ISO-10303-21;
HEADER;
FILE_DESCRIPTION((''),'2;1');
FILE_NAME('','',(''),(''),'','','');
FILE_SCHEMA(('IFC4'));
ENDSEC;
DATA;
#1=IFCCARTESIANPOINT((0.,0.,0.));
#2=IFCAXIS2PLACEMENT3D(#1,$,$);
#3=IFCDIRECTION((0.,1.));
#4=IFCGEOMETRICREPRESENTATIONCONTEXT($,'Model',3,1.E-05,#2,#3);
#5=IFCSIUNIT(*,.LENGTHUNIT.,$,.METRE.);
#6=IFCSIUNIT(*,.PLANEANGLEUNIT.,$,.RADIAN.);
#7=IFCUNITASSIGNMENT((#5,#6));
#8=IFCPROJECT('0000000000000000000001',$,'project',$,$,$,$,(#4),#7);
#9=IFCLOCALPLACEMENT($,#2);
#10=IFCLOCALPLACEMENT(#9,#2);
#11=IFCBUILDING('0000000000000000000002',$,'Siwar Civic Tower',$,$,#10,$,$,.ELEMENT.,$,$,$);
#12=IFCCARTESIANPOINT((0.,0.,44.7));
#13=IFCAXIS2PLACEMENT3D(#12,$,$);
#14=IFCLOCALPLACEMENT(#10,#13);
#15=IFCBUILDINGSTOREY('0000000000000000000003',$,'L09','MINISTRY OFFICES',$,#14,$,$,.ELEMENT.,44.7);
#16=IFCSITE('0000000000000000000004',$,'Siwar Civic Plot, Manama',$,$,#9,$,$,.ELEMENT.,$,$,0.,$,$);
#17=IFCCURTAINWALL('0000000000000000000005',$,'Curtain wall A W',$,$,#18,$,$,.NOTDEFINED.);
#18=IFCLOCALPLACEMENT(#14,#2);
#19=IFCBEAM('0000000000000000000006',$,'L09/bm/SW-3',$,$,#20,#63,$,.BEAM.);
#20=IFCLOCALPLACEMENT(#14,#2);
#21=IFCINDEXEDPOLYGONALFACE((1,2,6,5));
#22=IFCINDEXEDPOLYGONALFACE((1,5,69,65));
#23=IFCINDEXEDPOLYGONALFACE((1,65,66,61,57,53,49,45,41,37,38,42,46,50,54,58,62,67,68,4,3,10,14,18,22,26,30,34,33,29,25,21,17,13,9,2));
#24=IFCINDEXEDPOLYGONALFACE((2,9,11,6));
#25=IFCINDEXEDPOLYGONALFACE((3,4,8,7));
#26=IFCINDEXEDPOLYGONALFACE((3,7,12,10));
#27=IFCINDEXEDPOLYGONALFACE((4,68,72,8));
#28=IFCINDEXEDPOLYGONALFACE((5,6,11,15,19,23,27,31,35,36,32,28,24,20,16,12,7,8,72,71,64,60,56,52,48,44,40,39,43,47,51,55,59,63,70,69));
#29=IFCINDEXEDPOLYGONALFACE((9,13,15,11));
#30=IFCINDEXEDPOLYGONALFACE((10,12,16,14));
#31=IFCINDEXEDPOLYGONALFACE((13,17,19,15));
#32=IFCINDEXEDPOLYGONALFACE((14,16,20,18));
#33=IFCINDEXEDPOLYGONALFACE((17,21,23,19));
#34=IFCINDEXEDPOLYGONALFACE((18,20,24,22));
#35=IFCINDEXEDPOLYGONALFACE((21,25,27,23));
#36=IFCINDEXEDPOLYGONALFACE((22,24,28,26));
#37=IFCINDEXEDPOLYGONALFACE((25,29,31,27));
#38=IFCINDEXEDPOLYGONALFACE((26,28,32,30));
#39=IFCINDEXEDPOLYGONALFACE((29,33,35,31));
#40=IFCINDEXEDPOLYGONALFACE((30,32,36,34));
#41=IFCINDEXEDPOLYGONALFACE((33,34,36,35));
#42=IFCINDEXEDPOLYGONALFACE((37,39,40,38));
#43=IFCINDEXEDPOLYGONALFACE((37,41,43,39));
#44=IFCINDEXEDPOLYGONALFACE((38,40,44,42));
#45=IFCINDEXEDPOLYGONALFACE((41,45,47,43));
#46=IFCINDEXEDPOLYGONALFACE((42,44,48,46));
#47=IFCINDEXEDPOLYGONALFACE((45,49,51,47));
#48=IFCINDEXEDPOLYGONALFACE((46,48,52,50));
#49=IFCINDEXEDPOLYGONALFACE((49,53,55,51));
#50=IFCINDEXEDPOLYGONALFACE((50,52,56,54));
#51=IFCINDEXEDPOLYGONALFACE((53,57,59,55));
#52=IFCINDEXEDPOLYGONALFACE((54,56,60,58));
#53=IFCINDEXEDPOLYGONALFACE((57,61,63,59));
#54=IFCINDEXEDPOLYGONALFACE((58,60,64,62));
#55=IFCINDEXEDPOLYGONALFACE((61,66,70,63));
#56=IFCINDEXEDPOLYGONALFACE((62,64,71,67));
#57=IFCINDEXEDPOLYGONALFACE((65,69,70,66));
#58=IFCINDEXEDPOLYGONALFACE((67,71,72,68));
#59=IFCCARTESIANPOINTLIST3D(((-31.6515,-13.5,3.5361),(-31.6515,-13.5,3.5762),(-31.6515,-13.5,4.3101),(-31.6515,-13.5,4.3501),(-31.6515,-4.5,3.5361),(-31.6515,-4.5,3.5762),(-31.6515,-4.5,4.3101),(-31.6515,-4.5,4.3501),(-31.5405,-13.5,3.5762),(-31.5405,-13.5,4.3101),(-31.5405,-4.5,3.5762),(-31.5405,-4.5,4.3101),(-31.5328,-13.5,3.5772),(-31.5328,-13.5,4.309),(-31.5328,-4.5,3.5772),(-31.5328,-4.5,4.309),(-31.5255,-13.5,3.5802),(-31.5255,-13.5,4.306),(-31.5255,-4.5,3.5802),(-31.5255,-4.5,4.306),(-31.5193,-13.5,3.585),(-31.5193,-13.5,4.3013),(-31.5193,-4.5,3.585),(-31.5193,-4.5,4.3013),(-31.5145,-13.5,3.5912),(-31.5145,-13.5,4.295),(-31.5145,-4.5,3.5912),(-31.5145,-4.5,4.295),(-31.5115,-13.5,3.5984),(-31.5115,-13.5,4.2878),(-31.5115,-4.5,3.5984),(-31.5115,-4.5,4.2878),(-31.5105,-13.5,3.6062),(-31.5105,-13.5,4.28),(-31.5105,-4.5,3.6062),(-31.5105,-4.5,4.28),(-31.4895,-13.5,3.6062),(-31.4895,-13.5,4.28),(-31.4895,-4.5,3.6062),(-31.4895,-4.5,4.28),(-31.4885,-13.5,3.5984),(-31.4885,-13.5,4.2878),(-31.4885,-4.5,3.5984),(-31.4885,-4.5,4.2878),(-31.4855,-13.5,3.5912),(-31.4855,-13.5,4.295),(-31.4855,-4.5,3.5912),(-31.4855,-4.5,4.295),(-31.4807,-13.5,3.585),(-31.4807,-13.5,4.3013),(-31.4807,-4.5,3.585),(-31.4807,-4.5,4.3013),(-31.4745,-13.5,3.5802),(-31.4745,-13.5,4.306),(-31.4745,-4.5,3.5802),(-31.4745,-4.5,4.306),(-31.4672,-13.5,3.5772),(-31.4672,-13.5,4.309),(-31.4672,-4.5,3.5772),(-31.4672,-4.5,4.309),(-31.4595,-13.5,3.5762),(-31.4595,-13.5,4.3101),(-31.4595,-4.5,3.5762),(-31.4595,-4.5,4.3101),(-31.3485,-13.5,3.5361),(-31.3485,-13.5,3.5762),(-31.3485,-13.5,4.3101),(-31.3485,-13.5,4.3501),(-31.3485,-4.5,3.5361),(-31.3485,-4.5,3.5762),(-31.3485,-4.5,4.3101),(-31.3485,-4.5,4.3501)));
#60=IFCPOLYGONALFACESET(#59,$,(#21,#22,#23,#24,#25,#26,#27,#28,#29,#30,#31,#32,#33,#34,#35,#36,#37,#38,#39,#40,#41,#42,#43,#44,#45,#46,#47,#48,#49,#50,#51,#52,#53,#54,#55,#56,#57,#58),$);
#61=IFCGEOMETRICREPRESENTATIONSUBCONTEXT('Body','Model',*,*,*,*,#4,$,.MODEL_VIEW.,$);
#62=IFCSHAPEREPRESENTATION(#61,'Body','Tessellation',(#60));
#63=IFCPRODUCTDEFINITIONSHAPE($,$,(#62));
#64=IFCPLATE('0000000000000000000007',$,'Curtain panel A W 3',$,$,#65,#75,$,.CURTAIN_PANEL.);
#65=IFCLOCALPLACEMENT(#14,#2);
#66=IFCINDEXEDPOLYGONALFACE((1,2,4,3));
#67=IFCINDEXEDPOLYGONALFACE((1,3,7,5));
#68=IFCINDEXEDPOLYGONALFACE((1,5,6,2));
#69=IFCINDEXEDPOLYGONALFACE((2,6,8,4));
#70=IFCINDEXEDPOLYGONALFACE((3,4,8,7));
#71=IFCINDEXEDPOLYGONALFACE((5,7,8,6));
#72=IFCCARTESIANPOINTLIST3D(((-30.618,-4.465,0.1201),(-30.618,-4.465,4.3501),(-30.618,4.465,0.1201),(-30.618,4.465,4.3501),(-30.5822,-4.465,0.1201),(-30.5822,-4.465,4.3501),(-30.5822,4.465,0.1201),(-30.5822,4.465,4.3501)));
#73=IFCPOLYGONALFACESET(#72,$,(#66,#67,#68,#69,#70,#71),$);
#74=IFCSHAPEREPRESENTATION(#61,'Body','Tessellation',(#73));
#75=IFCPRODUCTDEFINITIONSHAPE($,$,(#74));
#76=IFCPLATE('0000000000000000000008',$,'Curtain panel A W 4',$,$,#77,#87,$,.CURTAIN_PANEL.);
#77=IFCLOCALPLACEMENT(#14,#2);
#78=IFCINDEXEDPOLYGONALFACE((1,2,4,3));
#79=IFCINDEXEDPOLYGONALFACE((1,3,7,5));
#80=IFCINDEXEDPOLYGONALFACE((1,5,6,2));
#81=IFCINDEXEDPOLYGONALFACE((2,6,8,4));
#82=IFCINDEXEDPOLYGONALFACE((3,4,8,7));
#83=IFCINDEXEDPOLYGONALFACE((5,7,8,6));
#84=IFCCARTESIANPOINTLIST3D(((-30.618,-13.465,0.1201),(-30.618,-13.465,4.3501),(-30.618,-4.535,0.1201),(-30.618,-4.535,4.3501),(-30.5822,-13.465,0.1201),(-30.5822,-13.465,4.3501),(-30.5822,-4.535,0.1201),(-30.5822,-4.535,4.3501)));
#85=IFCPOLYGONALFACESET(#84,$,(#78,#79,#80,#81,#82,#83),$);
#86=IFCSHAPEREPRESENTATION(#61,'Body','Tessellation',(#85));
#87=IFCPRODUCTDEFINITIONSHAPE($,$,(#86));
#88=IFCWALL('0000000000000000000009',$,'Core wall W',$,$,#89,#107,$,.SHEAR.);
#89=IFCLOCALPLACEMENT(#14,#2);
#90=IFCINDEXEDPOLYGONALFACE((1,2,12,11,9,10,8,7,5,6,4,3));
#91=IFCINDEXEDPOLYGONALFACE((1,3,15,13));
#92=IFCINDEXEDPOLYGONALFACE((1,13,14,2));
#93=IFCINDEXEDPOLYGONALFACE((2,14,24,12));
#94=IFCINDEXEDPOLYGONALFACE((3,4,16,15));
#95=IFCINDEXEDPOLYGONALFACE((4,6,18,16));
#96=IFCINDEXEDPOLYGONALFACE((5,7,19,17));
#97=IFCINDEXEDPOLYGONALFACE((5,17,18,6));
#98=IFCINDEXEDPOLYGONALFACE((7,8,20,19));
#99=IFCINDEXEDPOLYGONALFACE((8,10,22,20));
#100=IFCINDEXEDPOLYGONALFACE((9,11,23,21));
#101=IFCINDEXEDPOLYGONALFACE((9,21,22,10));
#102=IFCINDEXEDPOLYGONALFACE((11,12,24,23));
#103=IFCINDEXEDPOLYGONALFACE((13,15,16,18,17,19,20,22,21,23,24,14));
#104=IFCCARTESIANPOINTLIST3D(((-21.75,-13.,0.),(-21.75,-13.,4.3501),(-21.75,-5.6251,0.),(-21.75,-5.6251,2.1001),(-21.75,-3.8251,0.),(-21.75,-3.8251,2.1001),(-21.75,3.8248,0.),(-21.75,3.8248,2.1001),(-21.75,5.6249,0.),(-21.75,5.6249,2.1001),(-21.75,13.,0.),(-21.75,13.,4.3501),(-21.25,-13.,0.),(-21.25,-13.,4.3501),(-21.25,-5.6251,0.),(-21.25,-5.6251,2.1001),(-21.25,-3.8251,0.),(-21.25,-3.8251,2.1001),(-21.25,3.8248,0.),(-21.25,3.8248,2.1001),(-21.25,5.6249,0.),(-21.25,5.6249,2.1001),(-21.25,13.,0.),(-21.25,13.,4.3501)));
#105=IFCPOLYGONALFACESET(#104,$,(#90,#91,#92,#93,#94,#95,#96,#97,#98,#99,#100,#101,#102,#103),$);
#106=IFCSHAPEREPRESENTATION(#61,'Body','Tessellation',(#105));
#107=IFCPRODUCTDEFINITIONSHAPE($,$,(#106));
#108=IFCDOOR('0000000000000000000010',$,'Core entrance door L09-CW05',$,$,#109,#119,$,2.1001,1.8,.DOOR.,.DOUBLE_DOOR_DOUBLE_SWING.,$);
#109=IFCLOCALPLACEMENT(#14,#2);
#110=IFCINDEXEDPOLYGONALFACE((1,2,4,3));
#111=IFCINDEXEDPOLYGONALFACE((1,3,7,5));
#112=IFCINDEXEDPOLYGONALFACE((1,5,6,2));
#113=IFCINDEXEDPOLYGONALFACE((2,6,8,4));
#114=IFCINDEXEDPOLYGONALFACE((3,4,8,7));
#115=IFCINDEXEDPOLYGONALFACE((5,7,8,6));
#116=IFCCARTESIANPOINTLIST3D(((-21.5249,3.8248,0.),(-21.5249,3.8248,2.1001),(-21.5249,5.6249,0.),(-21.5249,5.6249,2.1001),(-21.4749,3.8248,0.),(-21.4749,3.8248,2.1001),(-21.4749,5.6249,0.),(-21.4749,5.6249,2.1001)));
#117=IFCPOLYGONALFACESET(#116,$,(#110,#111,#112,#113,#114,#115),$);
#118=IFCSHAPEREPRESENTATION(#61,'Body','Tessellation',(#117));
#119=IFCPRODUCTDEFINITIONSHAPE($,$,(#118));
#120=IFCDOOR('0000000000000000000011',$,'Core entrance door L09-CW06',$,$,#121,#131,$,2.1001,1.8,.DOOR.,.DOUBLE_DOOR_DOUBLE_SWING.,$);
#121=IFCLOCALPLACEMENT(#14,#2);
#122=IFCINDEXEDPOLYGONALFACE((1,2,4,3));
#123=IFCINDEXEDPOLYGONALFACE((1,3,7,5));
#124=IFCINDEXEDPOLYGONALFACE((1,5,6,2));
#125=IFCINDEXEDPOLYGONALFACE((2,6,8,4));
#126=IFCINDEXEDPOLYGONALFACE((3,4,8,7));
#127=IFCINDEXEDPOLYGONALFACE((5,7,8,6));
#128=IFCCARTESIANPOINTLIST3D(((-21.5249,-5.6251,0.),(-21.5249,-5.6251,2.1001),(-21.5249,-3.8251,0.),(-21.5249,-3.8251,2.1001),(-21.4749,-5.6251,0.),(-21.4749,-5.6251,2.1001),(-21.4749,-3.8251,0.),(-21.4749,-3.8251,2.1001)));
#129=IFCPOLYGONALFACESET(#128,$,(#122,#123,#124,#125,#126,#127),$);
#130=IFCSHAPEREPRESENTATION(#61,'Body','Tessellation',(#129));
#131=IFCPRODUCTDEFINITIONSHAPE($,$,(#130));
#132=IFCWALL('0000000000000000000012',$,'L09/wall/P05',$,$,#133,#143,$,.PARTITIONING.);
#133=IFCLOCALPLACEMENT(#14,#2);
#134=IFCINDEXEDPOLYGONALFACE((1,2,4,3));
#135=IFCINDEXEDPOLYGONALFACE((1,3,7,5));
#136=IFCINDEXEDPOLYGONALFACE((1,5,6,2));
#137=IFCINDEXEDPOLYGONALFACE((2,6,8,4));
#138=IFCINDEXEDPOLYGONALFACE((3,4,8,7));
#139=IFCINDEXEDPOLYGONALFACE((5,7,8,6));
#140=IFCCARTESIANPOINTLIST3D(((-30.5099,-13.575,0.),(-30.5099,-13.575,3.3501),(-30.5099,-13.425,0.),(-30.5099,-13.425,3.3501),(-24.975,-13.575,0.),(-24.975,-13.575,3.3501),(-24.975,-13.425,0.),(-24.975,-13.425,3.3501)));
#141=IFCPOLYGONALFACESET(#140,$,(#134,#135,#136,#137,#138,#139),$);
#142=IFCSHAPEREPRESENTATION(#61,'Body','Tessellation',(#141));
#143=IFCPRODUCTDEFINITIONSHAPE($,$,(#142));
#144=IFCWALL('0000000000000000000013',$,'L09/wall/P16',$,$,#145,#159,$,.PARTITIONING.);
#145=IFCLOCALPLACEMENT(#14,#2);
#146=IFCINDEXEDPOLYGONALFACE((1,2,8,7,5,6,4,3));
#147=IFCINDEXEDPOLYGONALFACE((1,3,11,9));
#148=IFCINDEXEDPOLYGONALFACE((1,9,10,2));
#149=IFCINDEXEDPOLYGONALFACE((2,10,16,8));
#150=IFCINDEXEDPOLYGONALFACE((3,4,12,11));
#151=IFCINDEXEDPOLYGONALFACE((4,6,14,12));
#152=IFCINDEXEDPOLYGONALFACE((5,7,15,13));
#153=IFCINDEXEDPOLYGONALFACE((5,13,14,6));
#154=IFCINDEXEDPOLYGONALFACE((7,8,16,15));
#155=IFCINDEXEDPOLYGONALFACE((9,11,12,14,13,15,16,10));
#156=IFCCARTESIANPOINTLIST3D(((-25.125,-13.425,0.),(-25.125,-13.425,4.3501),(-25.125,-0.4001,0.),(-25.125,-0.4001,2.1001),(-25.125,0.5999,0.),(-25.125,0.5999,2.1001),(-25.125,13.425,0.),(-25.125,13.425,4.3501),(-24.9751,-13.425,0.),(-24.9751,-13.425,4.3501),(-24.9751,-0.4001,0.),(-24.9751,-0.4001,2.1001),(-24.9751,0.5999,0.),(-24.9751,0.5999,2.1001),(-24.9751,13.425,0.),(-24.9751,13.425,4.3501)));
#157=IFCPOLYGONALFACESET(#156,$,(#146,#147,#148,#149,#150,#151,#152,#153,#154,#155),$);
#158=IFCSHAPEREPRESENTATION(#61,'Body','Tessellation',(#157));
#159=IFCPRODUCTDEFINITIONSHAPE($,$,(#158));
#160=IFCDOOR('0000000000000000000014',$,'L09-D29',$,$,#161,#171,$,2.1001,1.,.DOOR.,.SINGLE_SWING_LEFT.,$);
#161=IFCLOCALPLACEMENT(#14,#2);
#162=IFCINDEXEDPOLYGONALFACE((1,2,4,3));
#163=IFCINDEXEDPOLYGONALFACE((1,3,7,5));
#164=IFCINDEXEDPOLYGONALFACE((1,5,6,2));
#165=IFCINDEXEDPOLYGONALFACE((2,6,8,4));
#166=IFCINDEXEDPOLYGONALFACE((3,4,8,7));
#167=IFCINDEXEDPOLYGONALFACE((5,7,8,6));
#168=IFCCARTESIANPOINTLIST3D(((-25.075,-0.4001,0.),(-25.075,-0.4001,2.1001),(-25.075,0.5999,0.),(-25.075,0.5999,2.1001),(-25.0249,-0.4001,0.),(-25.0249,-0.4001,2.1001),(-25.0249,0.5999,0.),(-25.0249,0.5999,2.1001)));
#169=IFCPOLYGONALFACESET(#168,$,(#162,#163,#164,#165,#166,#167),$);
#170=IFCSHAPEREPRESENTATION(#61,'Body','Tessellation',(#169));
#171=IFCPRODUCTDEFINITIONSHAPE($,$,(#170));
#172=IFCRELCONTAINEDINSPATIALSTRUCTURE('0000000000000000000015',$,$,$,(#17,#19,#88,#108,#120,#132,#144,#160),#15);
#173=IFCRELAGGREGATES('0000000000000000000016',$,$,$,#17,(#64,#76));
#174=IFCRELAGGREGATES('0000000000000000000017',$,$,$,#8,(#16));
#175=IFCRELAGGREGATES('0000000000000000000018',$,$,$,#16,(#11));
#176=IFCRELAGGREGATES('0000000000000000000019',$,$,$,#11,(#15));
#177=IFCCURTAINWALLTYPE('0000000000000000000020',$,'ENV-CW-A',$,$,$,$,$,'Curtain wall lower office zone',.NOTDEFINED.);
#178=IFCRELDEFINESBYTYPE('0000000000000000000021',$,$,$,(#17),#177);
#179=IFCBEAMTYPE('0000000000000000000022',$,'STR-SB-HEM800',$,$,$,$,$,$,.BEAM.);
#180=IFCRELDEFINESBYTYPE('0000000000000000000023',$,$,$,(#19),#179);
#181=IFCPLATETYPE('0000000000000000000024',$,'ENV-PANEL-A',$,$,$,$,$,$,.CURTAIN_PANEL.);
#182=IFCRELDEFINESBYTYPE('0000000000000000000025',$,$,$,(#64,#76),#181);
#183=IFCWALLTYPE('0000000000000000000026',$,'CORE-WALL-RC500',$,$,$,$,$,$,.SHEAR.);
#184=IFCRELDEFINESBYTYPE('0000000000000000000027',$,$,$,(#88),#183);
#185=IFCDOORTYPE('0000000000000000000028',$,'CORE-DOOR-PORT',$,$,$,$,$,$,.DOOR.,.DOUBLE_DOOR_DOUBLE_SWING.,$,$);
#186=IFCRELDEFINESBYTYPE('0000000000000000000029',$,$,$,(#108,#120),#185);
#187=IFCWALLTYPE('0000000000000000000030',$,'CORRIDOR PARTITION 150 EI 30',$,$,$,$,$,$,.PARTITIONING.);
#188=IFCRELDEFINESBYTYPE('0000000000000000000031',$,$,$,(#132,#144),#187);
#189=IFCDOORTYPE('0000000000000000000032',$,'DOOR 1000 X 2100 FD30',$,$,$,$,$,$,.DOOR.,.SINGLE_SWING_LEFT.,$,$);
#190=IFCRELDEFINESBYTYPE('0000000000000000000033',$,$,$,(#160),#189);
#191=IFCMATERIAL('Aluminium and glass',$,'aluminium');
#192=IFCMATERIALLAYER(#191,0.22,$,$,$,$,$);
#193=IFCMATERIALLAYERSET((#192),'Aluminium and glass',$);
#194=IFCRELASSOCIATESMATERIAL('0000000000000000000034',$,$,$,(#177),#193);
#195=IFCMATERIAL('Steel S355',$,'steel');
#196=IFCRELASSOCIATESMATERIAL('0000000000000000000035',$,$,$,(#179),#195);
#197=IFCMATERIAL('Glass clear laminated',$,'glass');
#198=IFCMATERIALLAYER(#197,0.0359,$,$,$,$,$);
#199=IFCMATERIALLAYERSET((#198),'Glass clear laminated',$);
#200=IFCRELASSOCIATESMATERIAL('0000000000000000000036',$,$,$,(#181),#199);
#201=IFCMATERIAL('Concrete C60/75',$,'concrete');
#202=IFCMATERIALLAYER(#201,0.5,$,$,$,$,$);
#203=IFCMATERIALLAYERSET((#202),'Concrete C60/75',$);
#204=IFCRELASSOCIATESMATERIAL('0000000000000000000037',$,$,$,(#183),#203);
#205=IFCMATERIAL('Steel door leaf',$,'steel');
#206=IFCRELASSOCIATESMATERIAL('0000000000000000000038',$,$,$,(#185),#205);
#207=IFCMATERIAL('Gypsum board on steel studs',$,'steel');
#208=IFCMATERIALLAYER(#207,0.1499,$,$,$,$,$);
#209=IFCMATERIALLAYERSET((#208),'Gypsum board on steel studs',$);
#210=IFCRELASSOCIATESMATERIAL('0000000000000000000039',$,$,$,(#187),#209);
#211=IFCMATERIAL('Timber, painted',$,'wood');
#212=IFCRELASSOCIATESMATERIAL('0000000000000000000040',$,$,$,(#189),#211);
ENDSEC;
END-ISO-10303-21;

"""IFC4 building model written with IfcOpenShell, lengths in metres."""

from ifc_helpers import new_model, si_unit, direction, frame, frame_2d, origin, origin_2d, place, context, subcontext, project, spatial, rectangle, i_section, extrude, material, layer, layer_set, material_profile, profile_set, type_object, element, fill, aggregate, save


model = new_model("IFC4")

# Units and contexts
model_context = context("Model", 3, precision=1e-05, world=origin(), true_north=direction((0.0, 1.0)))
body_context = subcontext(model_context, "Body", "Model", "MODEL_VIEW")
ifc_project = project(units=[si_unit("LENGTHUNIT", "METRE"), si_unit("PLANEANGLEUNIT", "RADIAN")], contexts=[model_context])

# Site, building, storey
site_placement = place(None, origin())
site = spatial("IfcSite", under=ifc_project, at=site_placement, Name="Siwar Civic Plot, Manama", CompositionType="ELEMENT", RefElevation=0.0)
building_placement = place(site_placement, origin())
building = spatial("IfcBuilding", under=site, at=building_placement, Name="Siwar Civic Tower", CompositionType="ELEMENT")
storey_placement = place(building_placement, frame((0.0, 0.0, 44.7)))
storey = spatial("IfcBuildingStorey", under=building, at=storey_placement, Name="L09", Description="MINISTRY OFFICES", CompositionType="ELEMENT", Elevation=44.7)

# Curtain wall
ifc_material_1 = material(Name="Aluminium and glass", Category="aluminium")
ifc_layer_1 = layer(ifc_material_1, 0.22)
ifc_layer_set_1 = layer_set([ifc_layer_1], Name="Aluminium and glass")
curtain_wall_type = type_object("IfcCurtainWallType", Name="ENV-CW-A", ElementType="Curtain wall lower office zone", PredefinedType="NOTDEFINED", material=ifc_layer_set_1)
curtain_wall_placement = place(storey_placement, origin())
curtain_wall = element("IfcCurtainWall", 1, at=curtain_wall_placement, inside=storey, type_object=curtain_wall_type, Name="Curtain wall A W", PredefinedType="NOTDEFINED")

# Beam
ifc_material_2 = material(Name="Steel S355", Category="steel")
ifc_material_profile_1 = material_profile(ifc_material_2, i_section(OverallWidth=0.303, OverallDepth=0.814, WebThickness=0.021, FlangeThickness=0.04, FilletRadius=0.03, at=origin_2d()), Name="HEM800")
ifc_profile_set_1 = profile_set([ifc_material_profile_1], Name="Steel S355")
beam_type_1 = type_object("IfcBeamType", Name="STR-SB-HEM800", PredefinedType="BEAM", material=ifc_profile_set_1)
beam_1_placement = place(storey_placement, frame((-31.5, -4.5, 3.9431), z_axis=(0.0, -1.0, 0.0), x_axis=(1.0, 0.0, 0.0)))
element("IfcBeam", 2, at=beam_1_placement, inside=storey, type_object=beam_type_1, Name="L09/bm/SW-3", PredefinedType="BEAM", context=body_context, shape_type="SweptSolid", body=[
    extrude(i_section(OverallWidth=0.303, OverallDepth=0.814, WebThickness=0.021, FlangeThickness=0.04, FilletRadius=0.03, at=origin_2d()), origin(), (0.0, 0.0, 1.0), 9.0),
])

# Plates
ifc_material_3 = material(Name="Glass clear laminated", Category="glass")
ifc_layer_2 = layer(ifc_material_3, 0.0359)
ifc_layer_set_2 = layer_set([ifc_layer_2], Name="Glass clear laminated")
plate_type = type_object("IfcPlateType", Name="ENV-PANEL-A", PredefinedType="CURTAIN_PANEL", material=ifc_layer_set_2)
plate_1_placement = place(storey_placement, frame((-30.6001, 0.0, 0.1201), z_axis=(0.0, 0.0, 1.0), x_axis=(0.0, -1.0, 0.0)))
plate_1 = element("IfcPlate", 3, at=plate_1_placement, type_object=plate_type, Name="Curtain panel A W 3", PredefinedType="CURTAIN_PANEL", context=body_context, shape_type="SweptSolid", body=[
    extrude(rectangle(XDim=8.9299, YDim=0.0359, at=origin_2d()), origin(), (0.0, 0.0, 1.0), 4.23),
])
plate_2_placement = place(storey_placement, frame((-30.6001, -9.0, 0.1201), z_axis=(0.0, 0.0, 1.0), x_axis=(0.0, -1.0, 0.0)))
plate_2 = element("IfcPlate", 4, at=plate_2_placement, type_object=plate_type, Name="Curtain panel A W 4", PredefinedType="CURTAIN_PANEL", context=body_context, shape_type="SweptSolid", body=[
    extrude(rectangle(XDim=8.9299, YDim=0.0359, at=origin_2d()), origin(), (0.0, 0.0, 1.0), 4.23),
])
aggregate(curtain_wall, [plate_1, plate_2])

# Wall, openings, doors
ifc_material_4 = material(Name="Concrete C60/75", Category="concrete")
ifc_layer_3 = layer(ifc_material_4, 0.5)
ifc_layer_set_3 = layer_set([ifc_layer_3], Name="Concrete C60/75")
wall_type_1 = type_object("IfcWallType", Name="CORE-WALL-RC500", PredefinedType="SHEAR", material=ifc_layer_set_3)
wall_1_placement = place(storey_placement, frame((-21.5, -13.0, 0.0), z_axis=(0.0, 0.0, 1.0), x_axis=(0.0, 1.0, 0.0)))
wall_1 = element("IfcWall", 5, at=wall_1_placement, inside=storey, type_object=wall_type_1, Name="Core wall W", PredefinedType="SHEAR", context=body_context, shape_type="SweptSolid", body=[
    extrude(rectangle(XDim=26.0, YDim=0.5, at=frame_2d((13.0, 0.0))), origin(), (0.0, 0.0, 1.0), 4.3501),
])
opening_1_placement = place(wall_1_placement, frame((16.825, 0.0, 0.0)))
opening_1 = element("IfcOpeningElement", 6, at=opening_1_placement, cuts=wall_1, PredefinedType="OPENING", context=body_context, shape_type="SweptSolid", body=[
    extrude(rectangle(XDim=1.8, YDim=2.1001, at=frame_2d((0.8999, 1.05))), frame((0.0, 0.26, 0.0), z_axis=(0.0, -1.0, 0.0), x_axis=(1.0, 0.0, 0.0)), (0.0, 0.0, 1.0), 0.52),
])
opening_2_placement = place(wall_1_placement, frame((7.375, 0.0, 0.0)))
opening_2 = element("IfcOpeningElement", 7, at=opening_2_placement, cuts=wall_1, PredefinedType="OPENING", context=body_context, shape_type="SweptSolid", body=[
    extrude(rectangle(XDim=1.8, YDim=2.1001, at=frame_2d((0.8999, 1.05))), frame((0.0, 0.26, 0.0), z_axis=(0.0, -1.0, 0.0), x_axis=(1.0, 0.0, 0.0)), (0.0, 0.0, 1.0), 0.52),
])
ifc_material_5 = material(Name="Steel door leaf", Category="steel")
door_type_1 = type_object("IfcDoorType", Name="CORE-DOOR-PORT", OperationType="DOUBLE_DOOR_DOUBLE_SWING", PredefinedType="DOOR", material=ifc_material_5)
door_1_placement = place(opening_1_placement, origin())
door_1 = element("IfcDoor", 8, at=door_1_placement, inside=storey, type_object=door_type_1, Name="Core entrance door L09-CW05", OperationType="DOUBLE_DOOR_DOUBLE_SWING", OverallHeight=2.1001, OverallWidth=1.8, PredefinedType="DOOR", context=body_context, shape_type="SweptSolid", body=[
    extrude(rectangle(XDim=1.8, YDim=2.1001, at=frame_2d((0.8999, 1.05))), frame((0.0, 0.0249, 0.0), z_axis=(0.0, -1.0, 0.0), x_axis=(1.0, 0.0, 0.0)), (0.0, 0.0, 1.0), 0.05),
])
fill(opening_1, door_1)
door_2_placement = place(opening_2_placement, origin())
door_2 = element("IfcDoor", 9, at=door_2_placement, inside=storey, type_object=door_type_1, Name="Core entrance door L09-CW06", OperationType="DOUBLE_DOOR_DOUBLE_SWING", OverallHeight=2.1001, OverallWidth=1.8, PredefinedType="DOOR", context=body_context, shape_type="SweptSolid", body=[
    extrude(rectangle(XDim=1.8, YDim=2.1001, at=frame_2d((0.8999, 1.05))), frame((0.0, 0.0249, 0.0), z_axis=(0.0, -1.0, 0.0), x_axis=(1.0, 0.0, 0.0)), (0.0, 0.0, 1.0), 0.05),
])
fill(opening_2, door_2)

# Wall
ifc_material_6 = material(Name="Gypsum board on steel studs", Category="steel")
ifc_layer_4 = layer(ifc_material_6, 0.1499)
ifc_layer_set_4 = layer_set([ifc_layer_4], Name="Gypsum board on steel studs")
wall_type_2 = type_object("IfcWallType", Name="CORRIDOR PARTITION 150 EI 30", PredefinedType="PARTITIONING", material=ifc_layer_set_4)
wall_2_placement = place(storey_placement, frame((-30.51, -13.5, 0.0), z_axis=(0.0, 0.0, 1.0), x_axis=(1.0, 0.0, 0.0)))
element("IfcWall", 10, at=wall_2_placement, inside=storey, type_object=wall_type_2, Name="L09/wall/P05", PredefinedType="PARTITIONING", context=body_context, shape_type="SweptSolid", body=[
    extrude(rectangle(XDim=5.5349, YDim=0.1499, at=frame_2d((2.7676, 0.0))), origin(), (0.0, 0.0, 1.0), 3.3501),
])

# Wall, opening, door
wall_3_placement = place(storey_placement, frame((-25.05, -13.425, 0.0), z_axis=(0.0, 0.0, 1.0), x_axis=(0.0, 1.0, 0.0)))
wall_3 = element("IfcWall", 11, at=wall_3_placement, inside=storey, type_object=wall_type_2, Name="L09/wall/P16", PredefinedType="PARTITIONING", context=body_context, shape_type="SweptSolid", body=[
    extrude(rectangle(XDim=26.8501, YDim=0.1499, at=frame_2d((13.425, 0.0))), origin(), (0.0, 0.0, 1.0), 4.3501),
])
opening_3_placement = place(wall_3_placement, frame((13.0249, 0.0, 0.0)))
opening_3 = element("IfcOpeningElement", 12, at=opening_3_placement, cuts=wall_3, PredefinedType="OPENING", context=body_context, shape_type="SweptSolid", body=[
    extrude(rectangle(XDim=1.0, YDim=2.1001, at=frame_2d((0.5, 1.05))), frame((0.0, 0.085, 0.0), z_axis=(0.0, -1.0, 0.0), x_axis=(1.0, 0.0, 0.0)), (0.0, 0.0, 1.0), 0.1699),
])
ifc_material_7 = material(Name="Timber, painted", Category="wood")
door_type_2 = type_object("IfcDoorType", Name="DOOR 1000 X 2100 FD30", OperationType="SINGLE_SWING_LEFT", PredefinedType="DOOR", material=ifc_material_7)
door_3_placement = place(opening_3_placement, origin())
door_3 = element("IfcDoor", 13, at=door_3_placement, inside=storey, type_object=door_type_2, Name="L09-D29", OperationType="SINGLE_SWING_LEFT", OverallHeight=2.1001, OverallWidth=1.0, PredefinedType="DOOR", context=body_context, shape_type="SweptSolid", body=[
    extrude(rectangle(XDim=1.0, YDim=2.1001, at=frame_2d((0.5, 1.05))), frame((0.0, 0.0249, 0.0), z_axis=(0.0, -1.0, 0.0), x_axis=(1.0, 0.0, 0.0)), (0.0, 0.0, 1.0), 0.05),
])
fill(opening_3, door_3)

save(model, "model.ifc")
